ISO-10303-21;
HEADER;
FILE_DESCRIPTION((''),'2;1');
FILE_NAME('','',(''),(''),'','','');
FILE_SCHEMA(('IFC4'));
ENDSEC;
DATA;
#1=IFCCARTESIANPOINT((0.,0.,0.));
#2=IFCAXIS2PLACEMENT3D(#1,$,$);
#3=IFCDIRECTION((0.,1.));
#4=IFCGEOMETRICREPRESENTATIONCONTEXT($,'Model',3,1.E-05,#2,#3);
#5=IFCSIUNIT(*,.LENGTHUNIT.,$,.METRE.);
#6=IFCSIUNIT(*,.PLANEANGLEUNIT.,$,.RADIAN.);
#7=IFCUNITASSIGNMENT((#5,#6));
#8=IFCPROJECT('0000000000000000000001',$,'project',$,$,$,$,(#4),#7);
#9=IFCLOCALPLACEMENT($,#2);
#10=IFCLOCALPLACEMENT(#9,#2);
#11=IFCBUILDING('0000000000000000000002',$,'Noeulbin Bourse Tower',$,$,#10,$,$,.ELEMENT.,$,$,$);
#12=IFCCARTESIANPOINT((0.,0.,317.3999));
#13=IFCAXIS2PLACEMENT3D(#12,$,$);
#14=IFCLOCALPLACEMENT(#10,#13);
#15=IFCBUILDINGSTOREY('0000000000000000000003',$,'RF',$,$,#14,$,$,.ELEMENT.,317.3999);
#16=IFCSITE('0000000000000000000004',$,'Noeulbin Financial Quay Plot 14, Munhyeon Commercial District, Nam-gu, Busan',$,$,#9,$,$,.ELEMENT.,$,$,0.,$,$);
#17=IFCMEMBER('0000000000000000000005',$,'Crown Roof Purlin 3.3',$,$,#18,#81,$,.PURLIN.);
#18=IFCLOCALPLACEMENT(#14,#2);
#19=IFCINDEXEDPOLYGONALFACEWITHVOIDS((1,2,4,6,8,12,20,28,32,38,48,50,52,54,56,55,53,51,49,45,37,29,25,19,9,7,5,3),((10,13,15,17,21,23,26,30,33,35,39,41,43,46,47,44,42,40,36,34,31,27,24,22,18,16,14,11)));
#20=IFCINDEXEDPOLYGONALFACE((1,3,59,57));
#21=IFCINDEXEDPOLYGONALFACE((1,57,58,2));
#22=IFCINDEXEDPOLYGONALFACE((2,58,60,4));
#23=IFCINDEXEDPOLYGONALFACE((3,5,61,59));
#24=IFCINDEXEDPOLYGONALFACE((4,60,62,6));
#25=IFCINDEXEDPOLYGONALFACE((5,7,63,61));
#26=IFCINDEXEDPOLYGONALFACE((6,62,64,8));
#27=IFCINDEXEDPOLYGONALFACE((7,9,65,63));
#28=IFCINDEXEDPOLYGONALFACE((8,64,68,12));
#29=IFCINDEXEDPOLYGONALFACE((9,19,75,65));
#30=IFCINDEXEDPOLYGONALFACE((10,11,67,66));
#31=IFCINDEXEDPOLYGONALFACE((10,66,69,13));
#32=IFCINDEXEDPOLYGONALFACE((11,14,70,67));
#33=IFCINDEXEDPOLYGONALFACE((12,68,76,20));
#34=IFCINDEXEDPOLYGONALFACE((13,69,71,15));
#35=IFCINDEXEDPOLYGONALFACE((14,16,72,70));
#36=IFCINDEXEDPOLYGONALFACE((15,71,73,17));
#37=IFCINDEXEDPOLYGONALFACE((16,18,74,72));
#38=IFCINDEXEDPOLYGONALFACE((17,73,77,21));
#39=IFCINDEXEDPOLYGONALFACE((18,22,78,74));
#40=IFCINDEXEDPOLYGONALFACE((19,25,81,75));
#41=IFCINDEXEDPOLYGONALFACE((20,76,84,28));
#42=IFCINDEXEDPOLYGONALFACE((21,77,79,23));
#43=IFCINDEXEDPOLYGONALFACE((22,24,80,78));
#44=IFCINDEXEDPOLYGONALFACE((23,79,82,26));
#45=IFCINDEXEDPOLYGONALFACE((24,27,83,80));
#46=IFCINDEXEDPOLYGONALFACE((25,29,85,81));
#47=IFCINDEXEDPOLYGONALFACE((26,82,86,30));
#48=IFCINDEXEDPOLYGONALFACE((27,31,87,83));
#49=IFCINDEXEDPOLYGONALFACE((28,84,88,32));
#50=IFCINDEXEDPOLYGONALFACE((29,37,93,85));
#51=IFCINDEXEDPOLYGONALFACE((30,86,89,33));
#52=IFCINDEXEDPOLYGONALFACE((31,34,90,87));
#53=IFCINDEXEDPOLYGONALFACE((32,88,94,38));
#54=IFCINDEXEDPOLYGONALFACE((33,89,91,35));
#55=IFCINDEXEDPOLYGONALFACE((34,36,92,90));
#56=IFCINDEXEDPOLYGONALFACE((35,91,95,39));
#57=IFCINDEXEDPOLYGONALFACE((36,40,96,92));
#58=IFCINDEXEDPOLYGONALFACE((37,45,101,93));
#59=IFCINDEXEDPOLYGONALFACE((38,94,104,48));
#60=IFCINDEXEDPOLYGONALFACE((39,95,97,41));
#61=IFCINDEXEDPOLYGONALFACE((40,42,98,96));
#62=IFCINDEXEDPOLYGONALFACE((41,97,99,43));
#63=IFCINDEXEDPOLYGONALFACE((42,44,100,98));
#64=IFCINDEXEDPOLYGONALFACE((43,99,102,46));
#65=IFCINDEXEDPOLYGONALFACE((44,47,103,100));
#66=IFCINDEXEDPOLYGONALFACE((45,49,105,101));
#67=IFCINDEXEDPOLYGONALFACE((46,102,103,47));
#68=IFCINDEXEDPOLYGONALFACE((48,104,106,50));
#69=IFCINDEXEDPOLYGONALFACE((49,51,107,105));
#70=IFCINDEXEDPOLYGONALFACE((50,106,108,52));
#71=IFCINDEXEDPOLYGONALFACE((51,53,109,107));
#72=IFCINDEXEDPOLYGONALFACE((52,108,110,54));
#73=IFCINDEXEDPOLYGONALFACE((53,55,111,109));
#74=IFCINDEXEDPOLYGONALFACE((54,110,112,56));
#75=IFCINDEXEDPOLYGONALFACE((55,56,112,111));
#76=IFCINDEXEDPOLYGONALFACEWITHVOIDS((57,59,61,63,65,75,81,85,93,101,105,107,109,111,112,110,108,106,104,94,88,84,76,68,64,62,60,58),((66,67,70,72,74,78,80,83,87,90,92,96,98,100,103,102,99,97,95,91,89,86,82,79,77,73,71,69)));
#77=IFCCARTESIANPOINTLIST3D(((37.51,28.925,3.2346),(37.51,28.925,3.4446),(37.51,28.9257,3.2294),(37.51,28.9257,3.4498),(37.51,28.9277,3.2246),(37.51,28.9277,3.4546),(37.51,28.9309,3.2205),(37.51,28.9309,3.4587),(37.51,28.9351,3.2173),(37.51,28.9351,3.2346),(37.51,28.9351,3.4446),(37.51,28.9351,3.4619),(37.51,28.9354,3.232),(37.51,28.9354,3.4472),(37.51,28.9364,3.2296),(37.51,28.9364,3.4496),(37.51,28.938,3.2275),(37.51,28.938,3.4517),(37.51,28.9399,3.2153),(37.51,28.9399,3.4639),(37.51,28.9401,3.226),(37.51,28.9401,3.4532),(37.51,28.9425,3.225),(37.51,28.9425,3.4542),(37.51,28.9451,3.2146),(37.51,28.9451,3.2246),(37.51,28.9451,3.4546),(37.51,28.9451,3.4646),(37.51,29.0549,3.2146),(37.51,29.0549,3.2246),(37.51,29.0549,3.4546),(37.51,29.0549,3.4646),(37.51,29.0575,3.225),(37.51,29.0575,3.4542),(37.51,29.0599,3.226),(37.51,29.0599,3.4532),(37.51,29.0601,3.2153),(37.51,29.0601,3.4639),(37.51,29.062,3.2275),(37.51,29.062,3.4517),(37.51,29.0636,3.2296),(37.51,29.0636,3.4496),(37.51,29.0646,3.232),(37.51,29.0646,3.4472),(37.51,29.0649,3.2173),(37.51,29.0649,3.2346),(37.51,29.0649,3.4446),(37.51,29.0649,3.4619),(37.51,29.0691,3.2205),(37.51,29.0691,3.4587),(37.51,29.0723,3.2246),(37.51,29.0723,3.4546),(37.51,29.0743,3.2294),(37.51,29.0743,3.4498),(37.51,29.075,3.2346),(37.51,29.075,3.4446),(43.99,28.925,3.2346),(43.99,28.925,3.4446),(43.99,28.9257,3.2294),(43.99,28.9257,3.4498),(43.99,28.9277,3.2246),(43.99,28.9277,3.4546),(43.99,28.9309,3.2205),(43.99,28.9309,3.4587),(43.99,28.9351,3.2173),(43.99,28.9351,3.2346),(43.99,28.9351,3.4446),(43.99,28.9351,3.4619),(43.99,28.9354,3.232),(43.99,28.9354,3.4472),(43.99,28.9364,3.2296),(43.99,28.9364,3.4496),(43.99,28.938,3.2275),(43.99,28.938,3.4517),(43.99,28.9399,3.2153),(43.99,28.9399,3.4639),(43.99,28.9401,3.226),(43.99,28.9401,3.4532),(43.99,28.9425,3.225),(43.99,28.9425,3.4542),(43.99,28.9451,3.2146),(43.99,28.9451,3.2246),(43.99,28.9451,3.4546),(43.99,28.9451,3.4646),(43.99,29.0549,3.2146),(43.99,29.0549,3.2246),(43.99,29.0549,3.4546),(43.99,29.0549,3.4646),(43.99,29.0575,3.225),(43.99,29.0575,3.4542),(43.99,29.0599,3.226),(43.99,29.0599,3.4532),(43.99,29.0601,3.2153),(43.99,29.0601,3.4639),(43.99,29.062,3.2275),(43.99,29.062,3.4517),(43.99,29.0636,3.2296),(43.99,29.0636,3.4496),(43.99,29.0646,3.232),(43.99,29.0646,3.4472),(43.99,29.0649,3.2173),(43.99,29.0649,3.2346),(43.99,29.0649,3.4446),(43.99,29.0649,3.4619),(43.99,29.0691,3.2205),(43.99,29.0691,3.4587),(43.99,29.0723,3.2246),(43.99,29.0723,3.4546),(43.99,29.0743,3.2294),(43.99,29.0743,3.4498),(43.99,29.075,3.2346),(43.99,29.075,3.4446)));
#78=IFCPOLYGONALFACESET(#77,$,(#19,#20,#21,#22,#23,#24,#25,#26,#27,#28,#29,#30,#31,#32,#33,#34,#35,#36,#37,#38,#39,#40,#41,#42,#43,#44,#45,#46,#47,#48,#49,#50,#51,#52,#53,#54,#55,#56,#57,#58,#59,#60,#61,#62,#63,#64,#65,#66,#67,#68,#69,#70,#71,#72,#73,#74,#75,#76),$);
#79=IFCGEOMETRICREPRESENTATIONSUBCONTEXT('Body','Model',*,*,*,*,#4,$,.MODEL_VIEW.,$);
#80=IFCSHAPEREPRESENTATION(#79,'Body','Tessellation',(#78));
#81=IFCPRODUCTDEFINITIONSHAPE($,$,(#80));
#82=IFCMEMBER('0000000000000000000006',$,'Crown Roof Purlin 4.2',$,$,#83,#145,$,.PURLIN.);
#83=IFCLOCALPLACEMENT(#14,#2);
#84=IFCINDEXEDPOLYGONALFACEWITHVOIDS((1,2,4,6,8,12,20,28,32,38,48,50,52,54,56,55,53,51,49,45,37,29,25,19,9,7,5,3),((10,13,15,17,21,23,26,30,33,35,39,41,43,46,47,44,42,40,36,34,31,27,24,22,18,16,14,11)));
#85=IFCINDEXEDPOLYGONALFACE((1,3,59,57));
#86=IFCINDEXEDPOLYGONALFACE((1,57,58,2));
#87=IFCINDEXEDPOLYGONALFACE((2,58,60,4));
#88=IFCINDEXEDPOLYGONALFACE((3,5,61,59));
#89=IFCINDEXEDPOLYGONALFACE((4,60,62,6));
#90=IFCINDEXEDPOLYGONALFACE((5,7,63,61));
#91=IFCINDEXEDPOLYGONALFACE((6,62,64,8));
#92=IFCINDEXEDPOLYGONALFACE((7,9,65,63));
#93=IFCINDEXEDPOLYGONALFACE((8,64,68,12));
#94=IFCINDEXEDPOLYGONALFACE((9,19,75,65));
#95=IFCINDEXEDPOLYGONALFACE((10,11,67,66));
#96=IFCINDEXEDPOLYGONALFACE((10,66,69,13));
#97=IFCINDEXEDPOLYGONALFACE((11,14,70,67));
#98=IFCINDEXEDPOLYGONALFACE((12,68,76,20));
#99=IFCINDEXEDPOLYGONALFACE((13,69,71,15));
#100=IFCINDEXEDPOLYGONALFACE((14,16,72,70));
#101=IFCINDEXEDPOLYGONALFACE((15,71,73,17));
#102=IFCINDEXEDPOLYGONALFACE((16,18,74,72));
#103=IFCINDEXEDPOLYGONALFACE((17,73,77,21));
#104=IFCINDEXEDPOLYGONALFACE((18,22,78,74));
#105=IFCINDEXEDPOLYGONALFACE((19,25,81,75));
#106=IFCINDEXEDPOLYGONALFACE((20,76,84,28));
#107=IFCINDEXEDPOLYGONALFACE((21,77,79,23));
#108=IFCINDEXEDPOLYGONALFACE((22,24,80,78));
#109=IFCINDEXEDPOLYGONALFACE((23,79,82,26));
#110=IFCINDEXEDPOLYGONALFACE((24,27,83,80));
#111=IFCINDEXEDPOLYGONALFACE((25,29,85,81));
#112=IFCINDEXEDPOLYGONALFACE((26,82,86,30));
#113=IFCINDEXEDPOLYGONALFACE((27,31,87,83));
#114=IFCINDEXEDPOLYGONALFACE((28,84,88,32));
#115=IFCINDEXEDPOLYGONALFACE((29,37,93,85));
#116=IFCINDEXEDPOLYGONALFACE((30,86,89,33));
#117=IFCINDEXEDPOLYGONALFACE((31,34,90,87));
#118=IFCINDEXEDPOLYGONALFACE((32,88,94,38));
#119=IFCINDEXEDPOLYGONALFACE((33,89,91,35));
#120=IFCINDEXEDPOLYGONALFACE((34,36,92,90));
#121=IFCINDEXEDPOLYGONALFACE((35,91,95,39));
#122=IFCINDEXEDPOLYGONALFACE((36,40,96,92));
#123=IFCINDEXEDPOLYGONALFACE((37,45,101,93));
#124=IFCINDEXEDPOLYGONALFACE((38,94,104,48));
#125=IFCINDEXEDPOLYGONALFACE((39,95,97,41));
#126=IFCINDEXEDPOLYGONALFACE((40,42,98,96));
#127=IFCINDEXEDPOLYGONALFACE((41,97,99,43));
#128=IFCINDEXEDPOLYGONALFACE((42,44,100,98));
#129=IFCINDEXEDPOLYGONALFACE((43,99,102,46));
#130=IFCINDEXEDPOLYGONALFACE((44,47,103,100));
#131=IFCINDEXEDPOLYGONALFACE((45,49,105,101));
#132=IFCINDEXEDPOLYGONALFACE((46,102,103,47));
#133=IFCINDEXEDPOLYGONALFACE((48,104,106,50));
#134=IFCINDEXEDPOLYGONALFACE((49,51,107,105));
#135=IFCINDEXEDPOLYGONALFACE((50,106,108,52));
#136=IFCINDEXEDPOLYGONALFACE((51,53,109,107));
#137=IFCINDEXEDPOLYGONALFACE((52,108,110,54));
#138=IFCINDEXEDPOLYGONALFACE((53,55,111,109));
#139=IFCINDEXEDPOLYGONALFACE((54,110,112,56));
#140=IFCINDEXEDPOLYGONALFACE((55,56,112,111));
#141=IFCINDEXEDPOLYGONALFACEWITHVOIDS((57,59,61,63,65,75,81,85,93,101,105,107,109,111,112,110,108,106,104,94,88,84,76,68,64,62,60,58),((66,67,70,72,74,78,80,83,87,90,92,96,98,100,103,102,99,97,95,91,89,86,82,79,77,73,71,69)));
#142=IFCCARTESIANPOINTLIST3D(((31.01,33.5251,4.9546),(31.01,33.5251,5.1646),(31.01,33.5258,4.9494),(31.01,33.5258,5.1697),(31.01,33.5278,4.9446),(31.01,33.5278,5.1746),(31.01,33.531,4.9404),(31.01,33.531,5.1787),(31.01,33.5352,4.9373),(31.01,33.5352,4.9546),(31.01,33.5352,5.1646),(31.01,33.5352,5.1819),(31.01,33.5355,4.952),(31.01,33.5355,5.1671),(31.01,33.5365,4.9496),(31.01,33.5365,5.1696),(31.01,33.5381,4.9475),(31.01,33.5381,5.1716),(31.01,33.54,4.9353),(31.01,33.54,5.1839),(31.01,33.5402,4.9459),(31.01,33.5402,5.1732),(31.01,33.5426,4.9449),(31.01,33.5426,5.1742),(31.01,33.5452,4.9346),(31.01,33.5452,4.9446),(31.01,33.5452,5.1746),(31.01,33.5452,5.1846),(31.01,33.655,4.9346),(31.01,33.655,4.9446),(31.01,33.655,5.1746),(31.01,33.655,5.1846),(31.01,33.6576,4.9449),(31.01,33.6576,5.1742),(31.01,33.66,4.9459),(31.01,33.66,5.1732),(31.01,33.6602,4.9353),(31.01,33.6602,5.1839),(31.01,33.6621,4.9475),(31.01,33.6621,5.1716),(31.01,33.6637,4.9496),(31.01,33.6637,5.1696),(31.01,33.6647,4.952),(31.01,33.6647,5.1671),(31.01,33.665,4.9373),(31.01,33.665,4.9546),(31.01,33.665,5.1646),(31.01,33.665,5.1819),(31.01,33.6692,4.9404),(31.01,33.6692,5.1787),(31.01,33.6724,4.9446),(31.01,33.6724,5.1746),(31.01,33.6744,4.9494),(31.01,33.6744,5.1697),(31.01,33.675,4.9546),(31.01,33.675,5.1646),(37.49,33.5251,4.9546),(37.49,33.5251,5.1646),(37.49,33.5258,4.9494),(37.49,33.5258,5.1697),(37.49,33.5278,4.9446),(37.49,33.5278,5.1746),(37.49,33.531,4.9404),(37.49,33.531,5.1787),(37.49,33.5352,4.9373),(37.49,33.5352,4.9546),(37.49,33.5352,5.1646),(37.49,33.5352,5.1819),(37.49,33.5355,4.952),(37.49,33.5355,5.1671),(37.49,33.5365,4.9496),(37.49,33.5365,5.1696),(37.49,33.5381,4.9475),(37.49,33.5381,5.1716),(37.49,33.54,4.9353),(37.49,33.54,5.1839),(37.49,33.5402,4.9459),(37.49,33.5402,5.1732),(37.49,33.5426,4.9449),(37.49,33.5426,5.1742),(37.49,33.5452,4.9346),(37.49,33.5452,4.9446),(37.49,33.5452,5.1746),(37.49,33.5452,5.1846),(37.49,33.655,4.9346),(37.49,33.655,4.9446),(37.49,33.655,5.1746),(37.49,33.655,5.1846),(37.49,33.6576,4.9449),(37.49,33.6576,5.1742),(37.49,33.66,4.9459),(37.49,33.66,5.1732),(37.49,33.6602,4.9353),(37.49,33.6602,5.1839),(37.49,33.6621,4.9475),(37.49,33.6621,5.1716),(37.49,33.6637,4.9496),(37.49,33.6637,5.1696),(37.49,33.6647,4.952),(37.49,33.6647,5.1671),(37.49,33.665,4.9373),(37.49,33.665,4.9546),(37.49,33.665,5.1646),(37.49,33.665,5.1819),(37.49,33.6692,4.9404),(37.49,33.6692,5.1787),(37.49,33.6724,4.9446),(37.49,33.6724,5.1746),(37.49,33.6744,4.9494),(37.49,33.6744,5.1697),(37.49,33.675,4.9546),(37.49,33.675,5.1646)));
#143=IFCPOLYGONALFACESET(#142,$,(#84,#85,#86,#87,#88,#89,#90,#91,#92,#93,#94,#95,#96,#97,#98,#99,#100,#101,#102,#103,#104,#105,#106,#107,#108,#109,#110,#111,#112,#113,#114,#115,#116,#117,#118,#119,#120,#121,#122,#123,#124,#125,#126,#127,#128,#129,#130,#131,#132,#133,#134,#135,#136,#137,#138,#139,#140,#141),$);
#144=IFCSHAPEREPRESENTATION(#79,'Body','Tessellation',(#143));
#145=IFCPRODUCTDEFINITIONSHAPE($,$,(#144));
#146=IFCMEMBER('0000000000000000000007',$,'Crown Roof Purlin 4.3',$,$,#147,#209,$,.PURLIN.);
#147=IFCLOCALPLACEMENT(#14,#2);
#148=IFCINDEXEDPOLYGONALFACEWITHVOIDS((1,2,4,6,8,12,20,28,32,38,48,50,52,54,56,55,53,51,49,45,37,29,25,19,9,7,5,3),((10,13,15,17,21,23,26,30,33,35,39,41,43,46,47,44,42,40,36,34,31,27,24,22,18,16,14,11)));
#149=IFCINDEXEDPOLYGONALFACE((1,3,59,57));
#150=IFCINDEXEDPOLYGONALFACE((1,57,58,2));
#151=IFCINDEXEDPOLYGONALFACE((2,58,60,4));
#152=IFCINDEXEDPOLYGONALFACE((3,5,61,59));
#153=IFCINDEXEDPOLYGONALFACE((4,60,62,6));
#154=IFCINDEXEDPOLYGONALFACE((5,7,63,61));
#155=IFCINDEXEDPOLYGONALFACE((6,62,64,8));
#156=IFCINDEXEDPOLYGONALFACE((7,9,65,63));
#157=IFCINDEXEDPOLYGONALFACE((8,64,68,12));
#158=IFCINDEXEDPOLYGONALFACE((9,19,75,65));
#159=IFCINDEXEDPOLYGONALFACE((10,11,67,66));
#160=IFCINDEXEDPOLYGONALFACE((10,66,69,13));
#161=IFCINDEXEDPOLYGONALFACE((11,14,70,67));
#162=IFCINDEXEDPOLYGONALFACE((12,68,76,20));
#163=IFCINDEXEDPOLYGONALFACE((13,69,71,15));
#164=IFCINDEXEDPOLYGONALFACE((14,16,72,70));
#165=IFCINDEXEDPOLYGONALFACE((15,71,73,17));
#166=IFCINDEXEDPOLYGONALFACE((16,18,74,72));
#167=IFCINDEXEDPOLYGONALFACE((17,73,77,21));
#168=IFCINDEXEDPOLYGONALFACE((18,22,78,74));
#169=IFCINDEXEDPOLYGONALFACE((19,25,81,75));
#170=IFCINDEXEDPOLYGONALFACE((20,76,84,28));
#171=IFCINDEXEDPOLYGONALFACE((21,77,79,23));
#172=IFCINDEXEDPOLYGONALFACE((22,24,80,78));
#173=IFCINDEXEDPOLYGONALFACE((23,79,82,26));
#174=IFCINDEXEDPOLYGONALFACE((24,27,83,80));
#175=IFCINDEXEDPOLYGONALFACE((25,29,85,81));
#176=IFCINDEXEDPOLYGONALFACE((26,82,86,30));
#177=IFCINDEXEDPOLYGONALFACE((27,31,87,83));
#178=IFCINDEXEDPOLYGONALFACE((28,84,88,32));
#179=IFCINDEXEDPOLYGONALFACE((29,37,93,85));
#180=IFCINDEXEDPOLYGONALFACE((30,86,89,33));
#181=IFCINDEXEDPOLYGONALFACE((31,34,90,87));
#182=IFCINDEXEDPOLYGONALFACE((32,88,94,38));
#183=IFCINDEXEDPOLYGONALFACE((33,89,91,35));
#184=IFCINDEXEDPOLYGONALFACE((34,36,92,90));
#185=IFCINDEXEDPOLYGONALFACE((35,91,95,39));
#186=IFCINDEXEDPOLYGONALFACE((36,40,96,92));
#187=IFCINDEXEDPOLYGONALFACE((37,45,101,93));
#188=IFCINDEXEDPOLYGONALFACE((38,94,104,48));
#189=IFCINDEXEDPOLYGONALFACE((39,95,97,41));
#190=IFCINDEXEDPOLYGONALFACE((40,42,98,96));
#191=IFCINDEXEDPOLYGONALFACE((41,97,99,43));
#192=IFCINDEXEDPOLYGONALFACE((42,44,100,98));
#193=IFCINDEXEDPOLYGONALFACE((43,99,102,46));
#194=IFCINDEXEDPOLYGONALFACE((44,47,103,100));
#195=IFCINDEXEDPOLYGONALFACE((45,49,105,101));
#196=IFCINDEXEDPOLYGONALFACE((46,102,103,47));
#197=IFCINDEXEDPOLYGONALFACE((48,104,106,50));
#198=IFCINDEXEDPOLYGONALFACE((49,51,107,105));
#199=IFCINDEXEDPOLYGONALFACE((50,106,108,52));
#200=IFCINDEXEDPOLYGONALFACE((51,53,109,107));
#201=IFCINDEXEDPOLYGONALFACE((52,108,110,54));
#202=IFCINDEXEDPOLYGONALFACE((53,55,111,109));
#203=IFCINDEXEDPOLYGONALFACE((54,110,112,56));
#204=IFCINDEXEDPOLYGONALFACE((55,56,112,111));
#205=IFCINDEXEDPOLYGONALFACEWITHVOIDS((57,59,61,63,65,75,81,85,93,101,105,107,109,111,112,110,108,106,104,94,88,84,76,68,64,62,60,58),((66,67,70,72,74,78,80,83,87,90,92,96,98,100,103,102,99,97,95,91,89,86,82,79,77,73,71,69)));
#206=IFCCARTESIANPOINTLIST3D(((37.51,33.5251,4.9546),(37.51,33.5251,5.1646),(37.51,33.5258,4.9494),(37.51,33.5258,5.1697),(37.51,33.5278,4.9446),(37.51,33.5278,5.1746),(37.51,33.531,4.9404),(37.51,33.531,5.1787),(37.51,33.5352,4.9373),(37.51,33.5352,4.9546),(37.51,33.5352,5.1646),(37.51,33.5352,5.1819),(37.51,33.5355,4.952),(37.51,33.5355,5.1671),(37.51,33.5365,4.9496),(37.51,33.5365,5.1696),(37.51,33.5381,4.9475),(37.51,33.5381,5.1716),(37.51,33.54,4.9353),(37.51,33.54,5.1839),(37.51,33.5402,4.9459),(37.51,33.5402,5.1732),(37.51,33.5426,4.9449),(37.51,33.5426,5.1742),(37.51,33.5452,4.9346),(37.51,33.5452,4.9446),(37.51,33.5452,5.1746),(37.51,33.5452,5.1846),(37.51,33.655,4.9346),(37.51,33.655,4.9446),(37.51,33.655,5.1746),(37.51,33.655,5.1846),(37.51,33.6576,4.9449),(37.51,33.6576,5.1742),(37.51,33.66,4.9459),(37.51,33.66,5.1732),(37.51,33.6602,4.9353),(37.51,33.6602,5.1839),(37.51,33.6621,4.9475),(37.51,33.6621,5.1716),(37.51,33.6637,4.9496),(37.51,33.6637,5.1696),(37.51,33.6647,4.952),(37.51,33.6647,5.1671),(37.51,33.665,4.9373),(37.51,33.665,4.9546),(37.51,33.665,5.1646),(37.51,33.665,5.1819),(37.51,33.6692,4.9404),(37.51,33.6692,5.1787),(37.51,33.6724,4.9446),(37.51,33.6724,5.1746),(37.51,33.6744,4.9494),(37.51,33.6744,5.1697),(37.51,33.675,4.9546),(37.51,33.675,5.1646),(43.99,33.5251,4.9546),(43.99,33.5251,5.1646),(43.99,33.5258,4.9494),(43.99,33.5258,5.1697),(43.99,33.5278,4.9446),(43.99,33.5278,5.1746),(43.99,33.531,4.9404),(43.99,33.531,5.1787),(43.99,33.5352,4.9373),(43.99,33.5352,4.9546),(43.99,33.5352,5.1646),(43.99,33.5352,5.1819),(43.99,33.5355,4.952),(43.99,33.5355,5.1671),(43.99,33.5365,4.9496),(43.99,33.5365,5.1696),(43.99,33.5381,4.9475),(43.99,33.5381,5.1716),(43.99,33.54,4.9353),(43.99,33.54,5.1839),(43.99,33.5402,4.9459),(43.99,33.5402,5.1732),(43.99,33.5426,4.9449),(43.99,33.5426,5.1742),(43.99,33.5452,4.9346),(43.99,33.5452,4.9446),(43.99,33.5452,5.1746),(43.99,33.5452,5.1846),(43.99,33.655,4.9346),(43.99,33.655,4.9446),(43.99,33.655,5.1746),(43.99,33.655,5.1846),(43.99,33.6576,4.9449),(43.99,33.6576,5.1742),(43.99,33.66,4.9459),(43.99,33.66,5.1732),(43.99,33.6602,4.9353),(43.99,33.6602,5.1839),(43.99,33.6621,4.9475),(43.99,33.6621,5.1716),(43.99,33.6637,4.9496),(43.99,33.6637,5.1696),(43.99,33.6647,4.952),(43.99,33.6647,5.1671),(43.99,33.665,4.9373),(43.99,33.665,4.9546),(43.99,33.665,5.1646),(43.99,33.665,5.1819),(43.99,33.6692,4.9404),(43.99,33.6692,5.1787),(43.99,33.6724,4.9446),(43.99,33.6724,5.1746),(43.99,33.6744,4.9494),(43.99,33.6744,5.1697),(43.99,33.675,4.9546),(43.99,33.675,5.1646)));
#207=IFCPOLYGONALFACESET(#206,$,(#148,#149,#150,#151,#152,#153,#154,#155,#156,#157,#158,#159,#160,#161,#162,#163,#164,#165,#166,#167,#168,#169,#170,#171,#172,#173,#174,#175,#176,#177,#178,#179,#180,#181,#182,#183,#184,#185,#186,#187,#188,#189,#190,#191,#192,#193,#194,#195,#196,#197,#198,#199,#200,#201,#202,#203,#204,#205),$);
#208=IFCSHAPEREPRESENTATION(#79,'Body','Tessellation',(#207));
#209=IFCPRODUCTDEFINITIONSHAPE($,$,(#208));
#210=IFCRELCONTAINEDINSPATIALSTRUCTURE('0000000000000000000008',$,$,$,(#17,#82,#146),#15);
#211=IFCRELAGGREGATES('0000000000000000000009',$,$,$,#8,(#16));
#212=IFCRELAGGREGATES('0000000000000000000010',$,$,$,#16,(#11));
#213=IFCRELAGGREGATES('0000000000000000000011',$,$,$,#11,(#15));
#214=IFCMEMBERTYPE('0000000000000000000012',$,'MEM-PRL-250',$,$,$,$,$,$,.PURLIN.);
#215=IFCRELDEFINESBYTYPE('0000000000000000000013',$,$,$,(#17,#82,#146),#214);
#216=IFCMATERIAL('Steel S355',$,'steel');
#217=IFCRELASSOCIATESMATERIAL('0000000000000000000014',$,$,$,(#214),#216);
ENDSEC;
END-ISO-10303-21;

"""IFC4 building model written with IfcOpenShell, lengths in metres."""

from ifc_helpers import new_model, si_unit, direction, frame, origin, origin_2d, place, context, subcontext, project, spatial, hollow_rectangle, extrude, material, material_profile, profile_set, type_object, element, save


model = new_model("IFC4")

# Units and contexts
model_context = context("Model", 3, precision=1e-05, world=origin(), true_north=direction((0.0, 1.0)))
body_context = subcontext(model_context, "Body", "Model", "MODEL_VIEW")
ifc_project = project(units=[si_unit("LENGTHUNIT", "METRE"), si_unit("PLANEANGLEUNIT", "RADIAN")], contexts=[model_context])

# Site, building, storey
site_placement = place(None, origin())
site = spatial("IfcSite", under=ifc_project, at=site_placement, Name="Noeulbin Financial Quay Plot 14, Munhyeon Commercial District, Nam-gu, Busan", CompositionType="ELEMENT", RefElevation=0.0)
building_placement = place(site_placement, origin())
building = spatial("IfcBuilding", under=site, at=building_placement, Name="Noeulbin Bourse Tower", CompositionType="ELEMENT")
storey_placement = place(building_placement, frame((0.0, 0.0, 317.3999)))
storey = spatial("IfcBuildingStorey", under=building, at=storey_placement, Name="RF", CompositionType="ELEMENT", Elevation=317.3999)

# Shared definitions
ifc_material_1 = material(Name="Steel S355", Category="steel")

# Members
ifc_material_profile_1 = material_profile(ifc_material_1, hollow_rectangle(XDim=0.1499, YDim=0.25, WallThickness=0.01, InnerFilletRadius=0.01, OuterFilletRadius=0.02, at=origin_2d()), Name="RHS-250x150x10", Category="LoadBearing")
ifc_profile_set_1 = profile_set([ifc_material_profile_1], Name="Steel S355")
member_type_1 = type_object("IfcMemberType", Name="MEM-PRL-250", PredefinedType="PURLIN", material=ifc_profile_set_1)
for number, where, z_axis, x_axis, name in (
    (1, (37.51, 29.0, 3.3396), (1.0, 0.0, 0.0), (0.0, 1.0, 0.0), "Crown Roof Purlin 3.3"),
    (2, (31.01, 33.6001, 5.0596), (1.0, 0.0, 0.0), (0.0, 1.0, 0.0), "Crown Roof Purlin 4.2"),
    (3, (37.51, 33.6001, 5.0596), (1.0, 0.0, 0.0), (0.0, 1.0, 0.0), "Crown Roof Purlin 4.3"),
):
    element("IfcMember", number, at=place(storey_placement, frame(where, z_axis=z_axis, x_axis=x_axis)), inside=storey, type_object=member_type_1, Name=name, PredefinedType="PURLIN", context=body_context, shape_type="SweptSolid", body=[
        extrude(hollow_rectangle(XDim=0.1499, YDim=0.25, WallThickness=0.01, InnerFilletRadius=0.01, OuterFilletRadius=0.02, at=origin_2d()), origin(), (0.0, 0.0, 1.0), 6.48),
    ])

save(model, "model.ifc")
